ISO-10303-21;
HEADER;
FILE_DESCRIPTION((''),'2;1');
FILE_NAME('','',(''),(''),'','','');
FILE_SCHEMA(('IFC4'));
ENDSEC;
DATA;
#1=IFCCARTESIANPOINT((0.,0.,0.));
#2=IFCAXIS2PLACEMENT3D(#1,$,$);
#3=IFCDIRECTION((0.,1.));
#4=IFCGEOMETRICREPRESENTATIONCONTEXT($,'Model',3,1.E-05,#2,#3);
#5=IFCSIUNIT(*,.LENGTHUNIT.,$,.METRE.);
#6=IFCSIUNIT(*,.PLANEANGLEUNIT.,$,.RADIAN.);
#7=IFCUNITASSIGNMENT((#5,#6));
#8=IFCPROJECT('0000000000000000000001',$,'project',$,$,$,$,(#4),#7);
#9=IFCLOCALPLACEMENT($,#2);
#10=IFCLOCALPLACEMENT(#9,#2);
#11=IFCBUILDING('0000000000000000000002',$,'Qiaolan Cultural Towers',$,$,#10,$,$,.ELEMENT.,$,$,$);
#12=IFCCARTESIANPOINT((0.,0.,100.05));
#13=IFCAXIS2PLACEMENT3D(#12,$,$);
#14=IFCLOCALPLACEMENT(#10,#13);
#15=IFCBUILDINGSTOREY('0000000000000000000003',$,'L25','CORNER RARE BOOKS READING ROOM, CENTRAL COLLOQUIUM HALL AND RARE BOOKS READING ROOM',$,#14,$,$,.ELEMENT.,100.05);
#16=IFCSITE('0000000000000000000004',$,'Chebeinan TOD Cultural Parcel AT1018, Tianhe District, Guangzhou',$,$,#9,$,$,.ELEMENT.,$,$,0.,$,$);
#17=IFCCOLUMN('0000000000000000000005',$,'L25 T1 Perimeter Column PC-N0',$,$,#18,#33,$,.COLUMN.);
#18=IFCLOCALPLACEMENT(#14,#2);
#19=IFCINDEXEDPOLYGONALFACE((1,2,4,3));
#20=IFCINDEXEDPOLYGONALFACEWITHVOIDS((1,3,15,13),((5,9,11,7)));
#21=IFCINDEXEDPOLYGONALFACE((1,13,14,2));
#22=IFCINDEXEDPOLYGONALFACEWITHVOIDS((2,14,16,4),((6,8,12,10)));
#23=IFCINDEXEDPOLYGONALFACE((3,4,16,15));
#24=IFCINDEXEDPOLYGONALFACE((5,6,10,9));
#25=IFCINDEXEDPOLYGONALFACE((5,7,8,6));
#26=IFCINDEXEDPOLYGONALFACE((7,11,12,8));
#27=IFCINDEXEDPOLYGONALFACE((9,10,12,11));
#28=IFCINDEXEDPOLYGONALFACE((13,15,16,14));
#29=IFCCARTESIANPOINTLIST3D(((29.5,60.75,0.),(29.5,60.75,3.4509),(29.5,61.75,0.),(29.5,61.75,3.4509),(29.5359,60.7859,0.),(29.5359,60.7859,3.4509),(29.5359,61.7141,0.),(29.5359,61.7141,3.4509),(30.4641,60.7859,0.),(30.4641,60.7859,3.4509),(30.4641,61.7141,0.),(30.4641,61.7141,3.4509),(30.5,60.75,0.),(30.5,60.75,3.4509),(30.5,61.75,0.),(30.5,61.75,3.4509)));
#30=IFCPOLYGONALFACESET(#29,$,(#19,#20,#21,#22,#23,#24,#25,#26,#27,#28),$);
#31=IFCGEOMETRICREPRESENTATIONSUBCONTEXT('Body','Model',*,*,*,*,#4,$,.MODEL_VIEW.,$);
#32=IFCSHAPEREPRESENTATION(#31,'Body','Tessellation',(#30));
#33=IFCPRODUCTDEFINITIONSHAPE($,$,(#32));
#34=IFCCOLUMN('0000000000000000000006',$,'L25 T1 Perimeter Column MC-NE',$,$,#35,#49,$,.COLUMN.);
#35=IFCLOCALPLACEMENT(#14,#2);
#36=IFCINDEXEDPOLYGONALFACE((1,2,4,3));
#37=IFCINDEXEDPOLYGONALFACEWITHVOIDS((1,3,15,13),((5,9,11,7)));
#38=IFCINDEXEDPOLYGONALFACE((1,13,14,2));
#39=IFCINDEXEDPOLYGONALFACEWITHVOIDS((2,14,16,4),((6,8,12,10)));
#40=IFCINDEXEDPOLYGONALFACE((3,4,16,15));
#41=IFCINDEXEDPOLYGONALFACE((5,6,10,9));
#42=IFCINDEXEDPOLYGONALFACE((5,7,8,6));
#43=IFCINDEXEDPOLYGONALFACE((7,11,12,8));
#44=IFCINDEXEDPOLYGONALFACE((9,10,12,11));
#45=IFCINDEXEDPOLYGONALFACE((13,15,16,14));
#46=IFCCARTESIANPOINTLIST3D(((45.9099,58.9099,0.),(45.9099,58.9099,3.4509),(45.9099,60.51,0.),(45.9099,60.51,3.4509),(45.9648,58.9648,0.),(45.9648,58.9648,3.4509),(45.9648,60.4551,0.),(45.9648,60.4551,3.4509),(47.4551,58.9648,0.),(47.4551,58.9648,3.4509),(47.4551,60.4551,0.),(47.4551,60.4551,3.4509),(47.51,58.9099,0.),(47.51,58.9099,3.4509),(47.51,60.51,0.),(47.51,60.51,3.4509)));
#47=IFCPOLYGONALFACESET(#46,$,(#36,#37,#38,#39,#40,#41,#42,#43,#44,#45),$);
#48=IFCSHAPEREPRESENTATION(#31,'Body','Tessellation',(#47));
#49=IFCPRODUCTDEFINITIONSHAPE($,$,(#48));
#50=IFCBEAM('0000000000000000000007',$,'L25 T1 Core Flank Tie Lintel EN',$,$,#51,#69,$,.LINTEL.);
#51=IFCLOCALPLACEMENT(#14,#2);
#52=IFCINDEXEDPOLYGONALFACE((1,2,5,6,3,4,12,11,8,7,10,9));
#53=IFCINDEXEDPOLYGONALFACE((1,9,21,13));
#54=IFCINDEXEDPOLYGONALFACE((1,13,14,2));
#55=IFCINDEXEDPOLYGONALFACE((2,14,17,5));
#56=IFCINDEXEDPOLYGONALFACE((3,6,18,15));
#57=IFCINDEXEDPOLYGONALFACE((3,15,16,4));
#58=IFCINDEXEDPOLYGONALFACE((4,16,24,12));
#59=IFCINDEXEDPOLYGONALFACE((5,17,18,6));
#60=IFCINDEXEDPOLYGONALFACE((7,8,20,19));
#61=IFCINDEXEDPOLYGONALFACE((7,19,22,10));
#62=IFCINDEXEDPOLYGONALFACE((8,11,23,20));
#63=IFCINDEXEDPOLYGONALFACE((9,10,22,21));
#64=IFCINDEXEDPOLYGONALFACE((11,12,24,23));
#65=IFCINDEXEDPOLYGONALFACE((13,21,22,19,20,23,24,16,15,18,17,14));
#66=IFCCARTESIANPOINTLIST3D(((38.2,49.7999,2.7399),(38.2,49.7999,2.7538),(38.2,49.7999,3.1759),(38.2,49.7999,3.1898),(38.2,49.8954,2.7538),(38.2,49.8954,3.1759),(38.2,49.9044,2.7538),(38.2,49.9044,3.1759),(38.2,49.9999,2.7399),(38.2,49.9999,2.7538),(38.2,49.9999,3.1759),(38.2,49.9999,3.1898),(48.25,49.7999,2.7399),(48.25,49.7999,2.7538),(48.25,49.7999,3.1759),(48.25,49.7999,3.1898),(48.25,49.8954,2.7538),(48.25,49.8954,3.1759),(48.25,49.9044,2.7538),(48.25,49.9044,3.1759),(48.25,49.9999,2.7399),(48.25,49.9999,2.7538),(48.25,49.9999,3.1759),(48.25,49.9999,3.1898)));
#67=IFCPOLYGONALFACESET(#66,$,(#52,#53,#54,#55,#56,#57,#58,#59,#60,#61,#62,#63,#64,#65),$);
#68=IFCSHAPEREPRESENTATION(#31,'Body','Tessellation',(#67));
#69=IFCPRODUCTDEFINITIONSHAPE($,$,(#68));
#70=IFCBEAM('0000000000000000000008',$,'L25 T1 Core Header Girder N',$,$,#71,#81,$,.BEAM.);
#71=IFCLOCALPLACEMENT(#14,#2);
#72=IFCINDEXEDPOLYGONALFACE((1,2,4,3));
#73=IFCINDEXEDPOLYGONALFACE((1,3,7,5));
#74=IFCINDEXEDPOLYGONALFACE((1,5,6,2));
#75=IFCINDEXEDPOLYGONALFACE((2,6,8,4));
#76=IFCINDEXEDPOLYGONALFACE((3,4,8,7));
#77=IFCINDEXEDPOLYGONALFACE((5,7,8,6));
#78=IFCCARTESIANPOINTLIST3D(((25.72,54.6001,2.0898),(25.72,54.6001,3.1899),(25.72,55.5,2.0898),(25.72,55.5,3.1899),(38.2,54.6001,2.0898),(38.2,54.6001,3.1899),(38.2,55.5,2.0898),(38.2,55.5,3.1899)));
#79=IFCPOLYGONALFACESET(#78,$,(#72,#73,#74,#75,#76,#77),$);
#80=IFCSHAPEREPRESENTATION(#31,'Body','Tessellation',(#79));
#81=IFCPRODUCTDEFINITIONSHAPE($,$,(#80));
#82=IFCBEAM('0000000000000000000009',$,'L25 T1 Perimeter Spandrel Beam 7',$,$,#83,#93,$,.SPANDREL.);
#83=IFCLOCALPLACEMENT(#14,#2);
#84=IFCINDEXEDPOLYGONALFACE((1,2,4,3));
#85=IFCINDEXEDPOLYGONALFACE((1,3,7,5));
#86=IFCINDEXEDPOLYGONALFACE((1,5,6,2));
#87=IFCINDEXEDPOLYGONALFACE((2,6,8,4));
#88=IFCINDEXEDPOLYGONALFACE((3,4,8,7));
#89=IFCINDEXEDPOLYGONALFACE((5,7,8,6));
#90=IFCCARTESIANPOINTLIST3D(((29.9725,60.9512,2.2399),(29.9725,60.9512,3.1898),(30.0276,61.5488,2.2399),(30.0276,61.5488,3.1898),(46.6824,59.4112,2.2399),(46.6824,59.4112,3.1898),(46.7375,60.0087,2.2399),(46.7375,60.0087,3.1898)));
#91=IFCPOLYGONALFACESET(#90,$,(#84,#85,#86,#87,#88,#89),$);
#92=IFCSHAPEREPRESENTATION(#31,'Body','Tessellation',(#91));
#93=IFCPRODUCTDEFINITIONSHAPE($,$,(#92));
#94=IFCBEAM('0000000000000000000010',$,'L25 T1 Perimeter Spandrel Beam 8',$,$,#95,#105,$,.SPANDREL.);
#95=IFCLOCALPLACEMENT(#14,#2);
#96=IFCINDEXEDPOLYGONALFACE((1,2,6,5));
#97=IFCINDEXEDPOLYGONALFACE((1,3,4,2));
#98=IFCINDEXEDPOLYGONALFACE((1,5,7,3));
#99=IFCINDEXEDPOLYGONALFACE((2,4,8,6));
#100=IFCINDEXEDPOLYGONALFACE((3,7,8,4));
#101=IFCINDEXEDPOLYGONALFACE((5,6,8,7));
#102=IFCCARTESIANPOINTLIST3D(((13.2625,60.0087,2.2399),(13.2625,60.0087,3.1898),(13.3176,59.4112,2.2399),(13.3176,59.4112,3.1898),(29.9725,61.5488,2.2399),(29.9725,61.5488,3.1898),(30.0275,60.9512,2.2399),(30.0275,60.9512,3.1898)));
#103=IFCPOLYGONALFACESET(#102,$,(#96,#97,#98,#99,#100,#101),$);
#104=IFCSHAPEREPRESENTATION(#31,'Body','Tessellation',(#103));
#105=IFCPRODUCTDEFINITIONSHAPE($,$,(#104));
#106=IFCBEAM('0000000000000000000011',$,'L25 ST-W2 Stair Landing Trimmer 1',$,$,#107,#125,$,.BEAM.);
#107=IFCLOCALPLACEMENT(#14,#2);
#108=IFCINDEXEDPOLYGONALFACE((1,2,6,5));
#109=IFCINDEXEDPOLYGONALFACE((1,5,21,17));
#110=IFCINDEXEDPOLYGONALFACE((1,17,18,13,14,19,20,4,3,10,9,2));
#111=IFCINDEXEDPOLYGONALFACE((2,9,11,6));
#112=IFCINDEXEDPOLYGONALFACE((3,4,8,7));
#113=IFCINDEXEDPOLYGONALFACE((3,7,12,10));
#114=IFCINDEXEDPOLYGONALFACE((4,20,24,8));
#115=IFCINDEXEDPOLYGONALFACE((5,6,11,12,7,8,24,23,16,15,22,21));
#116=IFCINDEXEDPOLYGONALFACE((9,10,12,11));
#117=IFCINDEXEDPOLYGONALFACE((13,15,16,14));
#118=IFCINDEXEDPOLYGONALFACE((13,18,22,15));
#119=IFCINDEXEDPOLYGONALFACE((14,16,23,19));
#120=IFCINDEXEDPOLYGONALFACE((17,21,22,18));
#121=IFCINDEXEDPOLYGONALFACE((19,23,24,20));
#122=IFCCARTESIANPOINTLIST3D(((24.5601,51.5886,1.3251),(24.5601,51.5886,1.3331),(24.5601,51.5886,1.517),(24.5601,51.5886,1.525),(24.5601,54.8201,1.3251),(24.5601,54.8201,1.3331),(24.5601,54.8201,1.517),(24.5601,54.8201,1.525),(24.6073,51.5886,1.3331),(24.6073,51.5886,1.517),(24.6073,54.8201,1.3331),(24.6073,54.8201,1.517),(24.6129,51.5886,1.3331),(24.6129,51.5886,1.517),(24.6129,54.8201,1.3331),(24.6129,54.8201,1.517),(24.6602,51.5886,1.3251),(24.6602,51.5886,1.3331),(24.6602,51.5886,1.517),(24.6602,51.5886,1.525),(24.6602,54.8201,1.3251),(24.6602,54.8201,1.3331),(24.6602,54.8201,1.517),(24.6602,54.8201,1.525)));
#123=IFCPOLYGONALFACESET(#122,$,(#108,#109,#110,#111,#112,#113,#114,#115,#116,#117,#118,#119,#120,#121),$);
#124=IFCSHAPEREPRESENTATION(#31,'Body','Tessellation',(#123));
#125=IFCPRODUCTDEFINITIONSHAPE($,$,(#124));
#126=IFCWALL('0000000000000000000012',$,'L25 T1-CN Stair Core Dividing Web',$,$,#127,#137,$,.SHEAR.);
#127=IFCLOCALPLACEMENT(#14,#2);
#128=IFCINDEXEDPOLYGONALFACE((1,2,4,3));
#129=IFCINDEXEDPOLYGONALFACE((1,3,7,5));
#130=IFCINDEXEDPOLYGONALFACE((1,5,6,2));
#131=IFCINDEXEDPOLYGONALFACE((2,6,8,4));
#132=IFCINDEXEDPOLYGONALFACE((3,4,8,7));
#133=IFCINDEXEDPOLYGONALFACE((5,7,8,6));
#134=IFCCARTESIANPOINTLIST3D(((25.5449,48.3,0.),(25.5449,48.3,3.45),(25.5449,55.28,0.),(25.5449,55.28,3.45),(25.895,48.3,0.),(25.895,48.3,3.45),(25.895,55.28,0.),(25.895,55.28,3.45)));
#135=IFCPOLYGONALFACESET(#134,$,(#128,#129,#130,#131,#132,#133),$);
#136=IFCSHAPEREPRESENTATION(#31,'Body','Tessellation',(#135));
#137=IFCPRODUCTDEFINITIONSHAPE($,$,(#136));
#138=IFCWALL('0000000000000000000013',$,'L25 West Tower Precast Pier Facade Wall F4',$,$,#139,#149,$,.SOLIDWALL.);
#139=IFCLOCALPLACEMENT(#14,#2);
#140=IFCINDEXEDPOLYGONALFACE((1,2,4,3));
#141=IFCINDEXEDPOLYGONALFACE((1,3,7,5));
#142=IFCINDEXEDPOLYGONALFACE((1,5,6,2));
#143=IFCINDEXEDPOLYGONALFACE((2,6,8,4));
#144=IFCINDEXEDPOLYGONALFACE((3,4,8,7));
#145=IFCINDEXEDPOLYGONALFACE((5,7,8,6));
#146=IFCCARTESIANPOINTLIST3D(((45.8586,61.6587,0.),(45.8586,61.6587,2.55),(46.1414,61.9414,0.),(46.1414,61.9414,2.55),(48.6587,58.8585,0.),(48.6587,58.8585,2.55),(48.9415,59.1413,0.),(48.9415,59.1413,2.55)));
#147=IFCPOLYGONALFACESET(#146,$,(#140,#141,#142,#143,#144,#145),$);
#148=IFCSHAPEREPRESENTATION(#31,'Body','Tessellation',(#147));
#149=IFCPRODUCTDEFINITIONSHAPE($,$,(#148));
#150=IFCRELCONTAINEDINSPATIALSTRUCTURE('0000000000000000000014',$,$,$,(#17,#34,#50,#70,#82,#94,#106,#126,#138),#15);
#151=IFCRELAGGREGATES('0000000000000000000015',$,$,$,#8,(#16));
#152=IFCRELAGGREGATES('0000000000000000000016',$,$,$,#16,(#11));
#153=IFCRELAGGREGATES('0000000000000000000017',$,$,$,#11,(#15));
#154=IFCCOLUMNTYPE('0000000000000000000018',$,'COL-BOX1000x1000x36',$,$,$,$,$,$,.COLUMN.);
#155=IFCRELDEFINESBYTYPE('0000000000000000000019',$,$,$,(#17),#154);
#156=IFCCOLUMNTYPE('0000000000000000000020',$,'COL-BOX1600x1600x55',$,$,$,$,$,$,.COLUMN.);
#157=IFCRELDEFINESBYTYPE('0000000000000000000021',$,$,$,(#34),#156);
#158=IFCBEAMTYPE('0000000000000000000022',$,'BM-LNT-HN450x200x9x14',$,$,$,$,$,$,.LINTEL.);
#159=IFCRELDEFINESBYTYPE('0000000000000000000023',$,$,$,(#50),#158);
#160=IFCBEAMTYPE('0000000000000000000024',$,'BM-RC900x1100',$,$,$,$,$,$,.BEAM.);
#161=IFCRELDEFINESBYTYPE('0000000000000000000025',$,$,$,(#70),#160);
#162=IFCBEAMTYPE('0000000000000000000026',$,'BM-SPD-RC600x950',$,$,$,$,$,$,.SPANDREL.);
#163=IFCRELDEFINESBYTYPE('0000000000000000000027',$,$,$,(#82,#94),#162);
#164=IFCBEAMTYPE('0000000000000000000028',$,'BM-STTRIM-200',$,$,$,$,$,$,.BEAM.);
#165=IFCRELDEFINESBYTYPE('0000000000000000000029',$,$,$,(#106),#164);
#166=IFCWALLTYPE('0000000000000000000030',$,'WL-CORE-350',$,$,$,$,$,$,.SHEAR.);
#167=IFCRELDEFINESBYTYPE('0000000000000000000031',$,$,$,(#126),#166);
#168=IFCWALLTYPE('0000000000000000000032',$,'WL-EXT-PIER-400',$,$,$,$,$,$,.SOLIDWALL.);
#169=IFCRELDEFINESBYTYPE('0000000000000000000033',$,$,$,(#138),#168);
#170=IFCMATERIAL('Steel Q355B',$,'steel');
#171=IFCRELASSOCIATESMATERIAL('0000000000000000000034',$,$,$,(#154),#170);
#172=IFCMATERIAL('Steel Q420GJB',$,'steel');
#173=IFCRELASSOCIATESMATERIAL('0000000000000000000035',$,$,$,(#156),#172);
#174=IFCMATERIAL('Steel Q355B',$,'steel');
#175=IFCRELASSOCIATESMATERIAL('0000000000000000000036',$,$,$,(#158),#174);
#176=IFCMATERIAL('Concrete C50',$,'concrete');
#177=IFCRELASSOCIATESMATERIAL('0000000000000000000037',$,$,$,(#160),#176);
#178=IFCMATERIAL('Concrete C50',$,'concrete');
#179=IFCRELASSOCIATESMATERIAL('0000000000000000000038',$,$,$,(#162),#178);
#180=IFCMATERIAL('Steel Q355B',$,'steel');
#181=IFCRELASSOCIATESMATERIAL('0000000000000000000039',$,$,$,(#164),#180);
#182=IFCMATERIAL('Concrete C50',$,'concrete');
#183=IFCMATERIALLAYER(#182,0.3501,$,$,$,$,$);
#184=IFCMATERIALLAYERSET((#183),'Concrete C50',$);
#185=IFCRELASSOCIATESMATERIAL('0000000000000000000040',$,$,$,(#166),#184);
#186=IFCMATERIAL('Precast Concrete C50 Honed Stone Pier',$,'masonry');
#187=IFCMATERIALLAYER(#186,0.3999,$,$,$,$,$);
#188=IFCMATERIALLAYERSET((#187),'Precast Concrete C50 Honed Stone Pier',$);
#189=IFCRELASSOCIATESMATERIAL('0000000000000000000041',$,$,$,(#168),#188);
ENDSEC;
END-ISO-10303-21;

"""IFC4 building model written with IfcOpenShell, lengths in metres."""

from ifc_helpers import new_model, si_unit, direction, frame, frame_2d, origin, origin_2d, place, context, subcontext, project, spatial, rectangle, hollow_rectangle, i_section, extrude, material, layer, layer_set, material_profile, profile_set, type_object, element, save


model = new_model("IFC4")

# Units and contexts
model_context = context("Model", 3, precision=1e-05, world=origin(), true_north=direction((0.0, 1.0)))
body_context = subcontext(model_context, "Body", "Model", "MODEL_VIEW")
ifc_project = project(units=[si_unit("LENGTHUNIT", "METRE"), si_unit("PLANEANGLEUNIT", "RADIAN")], contexts=[model_context])

# Site, building, storey
site_placement = place(None, origin())
site = spatial("IfcSite", under=ifc_project, at=site_placement, Name="Chebeinan TOD Cultural Parcel AT1018, Tianhe District, Guangzhou", CompositionType="ELEMENT", RefElevation=0.0)
building_placement = place(site_placement, origin())
building = spatial("IfcBuilding", under=site, at=building_placement, Name="Qiaolan Cultural Towers", CompositionType="ELEMENT")
storey_placement = place(building_placement, frame((0.0, 0.0, 100.05)))
storey = spatial("IfcBuildingStorey", under=building, at=storey_placement, Name="L25", Description="CORNER RARE BOOKS READING ROOM, CENTRAL COLLOQUIUM HALL AND RARE BOOKS READING ROOM", CompositionType="ELEMENT", Elevation=100.05)

# Columns
ifc_material_1 = material(Name="Steel Q355B", Category="steel")
ifc_material_profile_1 = material_profile(ifc_material_1, hollow_rectangle(XDim=1.0, YDim=1.0, WallThickness=0.0359, at=origin_2d()), Name="BOX1000x1000x36")
ifc_profile_set_1 = profile_set([ifc_material_profile_1], Name="Steel Q355B")
column_type_1 = type_object("IfcColumnType", Name="COL-BOX1000x1000x36", PredefinedType="COLUMN", material=ifc_profile_set_1)
column_1_placement = place(storey_placement, frame((30.0, 61.25, 0.0), z_axis=(0.0, 0.0, 1.0), x_axis=(1.0, 0.0, 0.0)))
element("IfcColumn", 1, at=column_1_placement, inside=storey, type_object=column_type_1, Name="L25 T1 Perimeter Column PC-N0", PredefinedType="COLUMN", context=body_context, shape_type="SweptSolid", body=[
    extrude(hollow_rectangle(XDim=1.0, YDim=1.0, WallThickness=0.0359, at=origin_2d()), origin(), (0.0, 0.0, 1.0), 3.4509),
])
ifc_material_2 = material(Name="Steel Q420GJB", Category="steel")
ifc_material_profile_2 = material_profile(ifc_material_2, hollow_rectangle(XDim=1.6001, YDim=1.6001, WallThickness=0.0549, at=origin_2d()), Name="BOX1600x1600x55")
ifc_profile_set_2 = profile_set([ifc_material_profile_2], Name="Steel Q420GJB")
column_type_2 = type_object("IfcColumnType", Name="COL-BOX1600x1600x55", PredefinedType="COLUMN", material=ifc_profile_set_2)
column_2_placement = place(storey_placement, frame((46.71, 59.71, 0.0), z_axis=(0.0, 0.0, 1.0), x_axis=(1.0, 0.0, 0.0)))
element("IfcColumn", 2, at=column_2_placement, inside=storey, type_object=column_type_2, Name="L25 T1 Perimeter Column MC-NE", PredefinedType="COLUMN", context=body_context, shape_type="SweptSolid", body=[
    extrude(hollow_rectangle(XDim=1.6001, YDim=1.6001, WallThickness=0.0549, at=origin_2d()), origin(), (0.0, 0.0, 1.0), 3.4509),
])

# Beams
ifc_material_3 = material(Name="Steel Q355B", Category="steel")
ifc_material_profile_3 = material_profile(ifc_material_3, i_section(OverallWidth=0.2, OverallDepth=0.45, WebThickness=0.009, FlangeThickness=0.0139, at=origin_2d()), Name="HN450x200x9x14")
ifc_profile_set_3 = profile_set([ifc_material_profile_3], Name="Steel Q355B")
beam_type_1 = type_object("IfcBeamType", Name="BM-LNT-HN450x200x9x14", PredefinedType="LINTEL", material=ifc_profile_set_3)
beam_1_placement = place(storey_placement, frame((38.2, 49.8999, 2.9648), z_axis=(1.0, 0.0, 0.0), x_axis=(0.0, 1.0, 0.0)))
element("IfcBeam", 3, at=beam_1_placement, inside=storey, type_object=beam_type_1, Name="L25 T1 Core Flank Tie Lintel EN", PredefinedType="LINTEL", context=body_context, shape_type="SweptSolid", body=[
    extrude(i_section(OverallWidth=0.2, OverallDepth=0.45, WebThickness=0.009, FlangeThickness=0.0139, at=origin_2d()), origin(), (0.0, 0.0, 1.0), 10.05),
])
ifc_material_4 = material(Name="Concrete C50", Category="concrete")
ifc_material_profile_4 = material_profile(ifc_material_4, rectangle(XDim=0.8999, YDim=1.1001, at=origin_2d()), Name="RC900x1100")
ifc_profile_set_4 = profile_set([ifc_material_profile_4], Name="Concrete C50")
beam_type_2 = type_object("IfcBeamType", Name="BM-RC900x1100", PredefinedType="BEAM", material=ifc_profile_set_4)
beam_2_placement = place(storey_placement, frame((25.72, 55.05, 2.6399), z_axis=(1.0, 0.0, 0.0), x_axis=(0.0, 1.0, 0.0)))
element("IfcBeam", 4, at=beam_2_placement, inside=storey, type_object=beam_type_2, Name="L25 T1 Core Header Girder N", PredefinedType="BEAM", context=body_context, shape_type="SweptSolid", body=[
    extrude(rectangle(XDim=0.8999, YDim=1.1001, at=origin_2d()), origin(), (0.0, 0.0, 1.0), 12.48),
])
ifc_material_5 = material(Name="Concrete C50", Category="concrete")
ifc_material_profile_5 = material_profile(ifc_material_5, rectangle(XDim=0.6001, YDim=0.95, at=origin_2d()), Name="RC600x950")
ifc_profile_set_5 = profile_set([ifc_material_profile_5], Name="Concrete C50")
beam_type_3 = type_object("IfcBeamType", Name="BM-SPD-RC600x950", PredefinedType="SPANDREL", material=ifc_profile_set_5)
for number, where, z_axis, x_axis, name in (
    (5, (46.71, 59.71, 2.7148), (-0.99578, 0.091774, 0.0), (-0.091774, -0.99578, 0.0), "L25 T1 Perimeter Spandrel Beam 7"),
    (6, (30.0, 61.25, 2.7148), (-0.99578, -0.091774, 0.0), (0.091774, -0.99578, 0.0), "L25 T1 Perimeter Spandrel Beam 8"),
):
    element("IfcBeam", number, at=place(storey_placement, frame(where, z_axis=z_axis, x_axis=x_axis)), inside=storey, type_object=beam_type_3, Name=name, PredefinedType="SPANDREL", context=body_context, shape_type="SweptSolid", body=[
        extrude(rectangle(XDim=0.6001, YDim=0.95, at=origin_2d()), origin(), (0.0, 0.0, 1.0), 16.7808),
    ])
ifc_material_6 = material(Name="Steel Q355B", Category="steel")
ifc_material_profile_6 = material_profile(ifc_material_6, i_section(OverallWidth=0.1001, OverallDepth=0.2, WebThickness=0.0056, FlangeThickness=0.0081, at=origin_2d()), Name="HN200x100x5.5x8")
ifc_profile_set_6 = profile_set([ifc_material_profile_6], Name="Steel Q355B")
beam_type_4 = type_object("IfcBeamType", Name="BM-STTRIM-200", PredefinedType="BEAM", material=ifc_profile_set_6)
beam_3_placement = place(storey_placement, frame((24.6101, 51.5886, 1.425), z_axis=(0.0, 1.0, 0.0), x_axis=(-1.0, 0.0, 0.0)))
element("IfcBeam", 7, at=beam_3_placement, inside=storey, type_object=beam_type_4, Name="L25 ST-W2 Stair Landing Trimmer 1", PredefinedType="BEAM", context=body_context, shape_type="SweptSolid", body=[
    extrude(i_section(OverallWidth=0.1001, OverallDepth=0.2, WebThickness=0.0056, FlangeThickness=0.0081, at=origin_2d()), origin(), (0.0, 0.0, 1.0), 3.2314),
])

# Walls
ifc_material_7 = material(Name="Concrete C50", Category="concrete")
ifc_layer_1 = layer(ifc_material_7, 0.3501)
ifc_layer_set_1 = layer_set([ifc_layer_1], Name="Concrete C50")
wall_type_1 = type_object("IfcWallType", Name="WL-CORE-350", PredefinedType="SHEAR", material=ifc_layer_set_1)
wall_1_placement = place(storey_placement, frame((25.72, 48.3, 0.0), z_axis=(0.0, 0.0, 1.0), x_axis=(0.0, 1.0, 0.0)))
element("IfcWall", 8, at=wall_1_placement, inside=storey, type_object=wall_type_1, Name="L25 T1-CN Stair Core Dividing Web", PredefinedType="SHEAR", context=body_context, shape_type="SweptSolid", body=[
    extrude(rectangle(XDim=6.98, YDim=0.3501, at=frame_2d((3.49, 0.0))), origin(), (0.0, 0.0, 1.0), 3.45),
])
ifc_material_8 = material(Name="Precast Concrete C50 Honed Stone Pier", Category="masonry")
ifc_layer_2 = layer(ifc_material_8, 0.3999)
ifc_layer_set_2 = layer_set([ifc_layer_2], Name="Precast Concrete C50 Honed Stone Pier")
wall_type_2 = type_object("IfcWallType", Name="WL-EXT-PIER-400", PredefinedType="SOLIDWALL", material=ifc_layer_set_2)
wall_2_placement = place(storey_placement, frame((46.0, 61.8, 0.0), z_axis=(0.0, 0.0, 1.0), x_axis=(0.707107, -0.707107, 0.0)))
element("IfcWall", 9, at=wall_2_placement, inside=storey, type_object=wall_type_2, Name="L25 West Tower Precast Pier Facade Wall F4", PredefinedType="SOLIDWALL", context=body_context, shape_type="SweptSolid", body=[
    extrude(rectangle(XDim=3.96, YDim=0.3999, at=frame_2d((1.98, 0.0))), origin(), (0.0, 0.0, 1.0), 2.55),
])

save(model, "model.ifc")
